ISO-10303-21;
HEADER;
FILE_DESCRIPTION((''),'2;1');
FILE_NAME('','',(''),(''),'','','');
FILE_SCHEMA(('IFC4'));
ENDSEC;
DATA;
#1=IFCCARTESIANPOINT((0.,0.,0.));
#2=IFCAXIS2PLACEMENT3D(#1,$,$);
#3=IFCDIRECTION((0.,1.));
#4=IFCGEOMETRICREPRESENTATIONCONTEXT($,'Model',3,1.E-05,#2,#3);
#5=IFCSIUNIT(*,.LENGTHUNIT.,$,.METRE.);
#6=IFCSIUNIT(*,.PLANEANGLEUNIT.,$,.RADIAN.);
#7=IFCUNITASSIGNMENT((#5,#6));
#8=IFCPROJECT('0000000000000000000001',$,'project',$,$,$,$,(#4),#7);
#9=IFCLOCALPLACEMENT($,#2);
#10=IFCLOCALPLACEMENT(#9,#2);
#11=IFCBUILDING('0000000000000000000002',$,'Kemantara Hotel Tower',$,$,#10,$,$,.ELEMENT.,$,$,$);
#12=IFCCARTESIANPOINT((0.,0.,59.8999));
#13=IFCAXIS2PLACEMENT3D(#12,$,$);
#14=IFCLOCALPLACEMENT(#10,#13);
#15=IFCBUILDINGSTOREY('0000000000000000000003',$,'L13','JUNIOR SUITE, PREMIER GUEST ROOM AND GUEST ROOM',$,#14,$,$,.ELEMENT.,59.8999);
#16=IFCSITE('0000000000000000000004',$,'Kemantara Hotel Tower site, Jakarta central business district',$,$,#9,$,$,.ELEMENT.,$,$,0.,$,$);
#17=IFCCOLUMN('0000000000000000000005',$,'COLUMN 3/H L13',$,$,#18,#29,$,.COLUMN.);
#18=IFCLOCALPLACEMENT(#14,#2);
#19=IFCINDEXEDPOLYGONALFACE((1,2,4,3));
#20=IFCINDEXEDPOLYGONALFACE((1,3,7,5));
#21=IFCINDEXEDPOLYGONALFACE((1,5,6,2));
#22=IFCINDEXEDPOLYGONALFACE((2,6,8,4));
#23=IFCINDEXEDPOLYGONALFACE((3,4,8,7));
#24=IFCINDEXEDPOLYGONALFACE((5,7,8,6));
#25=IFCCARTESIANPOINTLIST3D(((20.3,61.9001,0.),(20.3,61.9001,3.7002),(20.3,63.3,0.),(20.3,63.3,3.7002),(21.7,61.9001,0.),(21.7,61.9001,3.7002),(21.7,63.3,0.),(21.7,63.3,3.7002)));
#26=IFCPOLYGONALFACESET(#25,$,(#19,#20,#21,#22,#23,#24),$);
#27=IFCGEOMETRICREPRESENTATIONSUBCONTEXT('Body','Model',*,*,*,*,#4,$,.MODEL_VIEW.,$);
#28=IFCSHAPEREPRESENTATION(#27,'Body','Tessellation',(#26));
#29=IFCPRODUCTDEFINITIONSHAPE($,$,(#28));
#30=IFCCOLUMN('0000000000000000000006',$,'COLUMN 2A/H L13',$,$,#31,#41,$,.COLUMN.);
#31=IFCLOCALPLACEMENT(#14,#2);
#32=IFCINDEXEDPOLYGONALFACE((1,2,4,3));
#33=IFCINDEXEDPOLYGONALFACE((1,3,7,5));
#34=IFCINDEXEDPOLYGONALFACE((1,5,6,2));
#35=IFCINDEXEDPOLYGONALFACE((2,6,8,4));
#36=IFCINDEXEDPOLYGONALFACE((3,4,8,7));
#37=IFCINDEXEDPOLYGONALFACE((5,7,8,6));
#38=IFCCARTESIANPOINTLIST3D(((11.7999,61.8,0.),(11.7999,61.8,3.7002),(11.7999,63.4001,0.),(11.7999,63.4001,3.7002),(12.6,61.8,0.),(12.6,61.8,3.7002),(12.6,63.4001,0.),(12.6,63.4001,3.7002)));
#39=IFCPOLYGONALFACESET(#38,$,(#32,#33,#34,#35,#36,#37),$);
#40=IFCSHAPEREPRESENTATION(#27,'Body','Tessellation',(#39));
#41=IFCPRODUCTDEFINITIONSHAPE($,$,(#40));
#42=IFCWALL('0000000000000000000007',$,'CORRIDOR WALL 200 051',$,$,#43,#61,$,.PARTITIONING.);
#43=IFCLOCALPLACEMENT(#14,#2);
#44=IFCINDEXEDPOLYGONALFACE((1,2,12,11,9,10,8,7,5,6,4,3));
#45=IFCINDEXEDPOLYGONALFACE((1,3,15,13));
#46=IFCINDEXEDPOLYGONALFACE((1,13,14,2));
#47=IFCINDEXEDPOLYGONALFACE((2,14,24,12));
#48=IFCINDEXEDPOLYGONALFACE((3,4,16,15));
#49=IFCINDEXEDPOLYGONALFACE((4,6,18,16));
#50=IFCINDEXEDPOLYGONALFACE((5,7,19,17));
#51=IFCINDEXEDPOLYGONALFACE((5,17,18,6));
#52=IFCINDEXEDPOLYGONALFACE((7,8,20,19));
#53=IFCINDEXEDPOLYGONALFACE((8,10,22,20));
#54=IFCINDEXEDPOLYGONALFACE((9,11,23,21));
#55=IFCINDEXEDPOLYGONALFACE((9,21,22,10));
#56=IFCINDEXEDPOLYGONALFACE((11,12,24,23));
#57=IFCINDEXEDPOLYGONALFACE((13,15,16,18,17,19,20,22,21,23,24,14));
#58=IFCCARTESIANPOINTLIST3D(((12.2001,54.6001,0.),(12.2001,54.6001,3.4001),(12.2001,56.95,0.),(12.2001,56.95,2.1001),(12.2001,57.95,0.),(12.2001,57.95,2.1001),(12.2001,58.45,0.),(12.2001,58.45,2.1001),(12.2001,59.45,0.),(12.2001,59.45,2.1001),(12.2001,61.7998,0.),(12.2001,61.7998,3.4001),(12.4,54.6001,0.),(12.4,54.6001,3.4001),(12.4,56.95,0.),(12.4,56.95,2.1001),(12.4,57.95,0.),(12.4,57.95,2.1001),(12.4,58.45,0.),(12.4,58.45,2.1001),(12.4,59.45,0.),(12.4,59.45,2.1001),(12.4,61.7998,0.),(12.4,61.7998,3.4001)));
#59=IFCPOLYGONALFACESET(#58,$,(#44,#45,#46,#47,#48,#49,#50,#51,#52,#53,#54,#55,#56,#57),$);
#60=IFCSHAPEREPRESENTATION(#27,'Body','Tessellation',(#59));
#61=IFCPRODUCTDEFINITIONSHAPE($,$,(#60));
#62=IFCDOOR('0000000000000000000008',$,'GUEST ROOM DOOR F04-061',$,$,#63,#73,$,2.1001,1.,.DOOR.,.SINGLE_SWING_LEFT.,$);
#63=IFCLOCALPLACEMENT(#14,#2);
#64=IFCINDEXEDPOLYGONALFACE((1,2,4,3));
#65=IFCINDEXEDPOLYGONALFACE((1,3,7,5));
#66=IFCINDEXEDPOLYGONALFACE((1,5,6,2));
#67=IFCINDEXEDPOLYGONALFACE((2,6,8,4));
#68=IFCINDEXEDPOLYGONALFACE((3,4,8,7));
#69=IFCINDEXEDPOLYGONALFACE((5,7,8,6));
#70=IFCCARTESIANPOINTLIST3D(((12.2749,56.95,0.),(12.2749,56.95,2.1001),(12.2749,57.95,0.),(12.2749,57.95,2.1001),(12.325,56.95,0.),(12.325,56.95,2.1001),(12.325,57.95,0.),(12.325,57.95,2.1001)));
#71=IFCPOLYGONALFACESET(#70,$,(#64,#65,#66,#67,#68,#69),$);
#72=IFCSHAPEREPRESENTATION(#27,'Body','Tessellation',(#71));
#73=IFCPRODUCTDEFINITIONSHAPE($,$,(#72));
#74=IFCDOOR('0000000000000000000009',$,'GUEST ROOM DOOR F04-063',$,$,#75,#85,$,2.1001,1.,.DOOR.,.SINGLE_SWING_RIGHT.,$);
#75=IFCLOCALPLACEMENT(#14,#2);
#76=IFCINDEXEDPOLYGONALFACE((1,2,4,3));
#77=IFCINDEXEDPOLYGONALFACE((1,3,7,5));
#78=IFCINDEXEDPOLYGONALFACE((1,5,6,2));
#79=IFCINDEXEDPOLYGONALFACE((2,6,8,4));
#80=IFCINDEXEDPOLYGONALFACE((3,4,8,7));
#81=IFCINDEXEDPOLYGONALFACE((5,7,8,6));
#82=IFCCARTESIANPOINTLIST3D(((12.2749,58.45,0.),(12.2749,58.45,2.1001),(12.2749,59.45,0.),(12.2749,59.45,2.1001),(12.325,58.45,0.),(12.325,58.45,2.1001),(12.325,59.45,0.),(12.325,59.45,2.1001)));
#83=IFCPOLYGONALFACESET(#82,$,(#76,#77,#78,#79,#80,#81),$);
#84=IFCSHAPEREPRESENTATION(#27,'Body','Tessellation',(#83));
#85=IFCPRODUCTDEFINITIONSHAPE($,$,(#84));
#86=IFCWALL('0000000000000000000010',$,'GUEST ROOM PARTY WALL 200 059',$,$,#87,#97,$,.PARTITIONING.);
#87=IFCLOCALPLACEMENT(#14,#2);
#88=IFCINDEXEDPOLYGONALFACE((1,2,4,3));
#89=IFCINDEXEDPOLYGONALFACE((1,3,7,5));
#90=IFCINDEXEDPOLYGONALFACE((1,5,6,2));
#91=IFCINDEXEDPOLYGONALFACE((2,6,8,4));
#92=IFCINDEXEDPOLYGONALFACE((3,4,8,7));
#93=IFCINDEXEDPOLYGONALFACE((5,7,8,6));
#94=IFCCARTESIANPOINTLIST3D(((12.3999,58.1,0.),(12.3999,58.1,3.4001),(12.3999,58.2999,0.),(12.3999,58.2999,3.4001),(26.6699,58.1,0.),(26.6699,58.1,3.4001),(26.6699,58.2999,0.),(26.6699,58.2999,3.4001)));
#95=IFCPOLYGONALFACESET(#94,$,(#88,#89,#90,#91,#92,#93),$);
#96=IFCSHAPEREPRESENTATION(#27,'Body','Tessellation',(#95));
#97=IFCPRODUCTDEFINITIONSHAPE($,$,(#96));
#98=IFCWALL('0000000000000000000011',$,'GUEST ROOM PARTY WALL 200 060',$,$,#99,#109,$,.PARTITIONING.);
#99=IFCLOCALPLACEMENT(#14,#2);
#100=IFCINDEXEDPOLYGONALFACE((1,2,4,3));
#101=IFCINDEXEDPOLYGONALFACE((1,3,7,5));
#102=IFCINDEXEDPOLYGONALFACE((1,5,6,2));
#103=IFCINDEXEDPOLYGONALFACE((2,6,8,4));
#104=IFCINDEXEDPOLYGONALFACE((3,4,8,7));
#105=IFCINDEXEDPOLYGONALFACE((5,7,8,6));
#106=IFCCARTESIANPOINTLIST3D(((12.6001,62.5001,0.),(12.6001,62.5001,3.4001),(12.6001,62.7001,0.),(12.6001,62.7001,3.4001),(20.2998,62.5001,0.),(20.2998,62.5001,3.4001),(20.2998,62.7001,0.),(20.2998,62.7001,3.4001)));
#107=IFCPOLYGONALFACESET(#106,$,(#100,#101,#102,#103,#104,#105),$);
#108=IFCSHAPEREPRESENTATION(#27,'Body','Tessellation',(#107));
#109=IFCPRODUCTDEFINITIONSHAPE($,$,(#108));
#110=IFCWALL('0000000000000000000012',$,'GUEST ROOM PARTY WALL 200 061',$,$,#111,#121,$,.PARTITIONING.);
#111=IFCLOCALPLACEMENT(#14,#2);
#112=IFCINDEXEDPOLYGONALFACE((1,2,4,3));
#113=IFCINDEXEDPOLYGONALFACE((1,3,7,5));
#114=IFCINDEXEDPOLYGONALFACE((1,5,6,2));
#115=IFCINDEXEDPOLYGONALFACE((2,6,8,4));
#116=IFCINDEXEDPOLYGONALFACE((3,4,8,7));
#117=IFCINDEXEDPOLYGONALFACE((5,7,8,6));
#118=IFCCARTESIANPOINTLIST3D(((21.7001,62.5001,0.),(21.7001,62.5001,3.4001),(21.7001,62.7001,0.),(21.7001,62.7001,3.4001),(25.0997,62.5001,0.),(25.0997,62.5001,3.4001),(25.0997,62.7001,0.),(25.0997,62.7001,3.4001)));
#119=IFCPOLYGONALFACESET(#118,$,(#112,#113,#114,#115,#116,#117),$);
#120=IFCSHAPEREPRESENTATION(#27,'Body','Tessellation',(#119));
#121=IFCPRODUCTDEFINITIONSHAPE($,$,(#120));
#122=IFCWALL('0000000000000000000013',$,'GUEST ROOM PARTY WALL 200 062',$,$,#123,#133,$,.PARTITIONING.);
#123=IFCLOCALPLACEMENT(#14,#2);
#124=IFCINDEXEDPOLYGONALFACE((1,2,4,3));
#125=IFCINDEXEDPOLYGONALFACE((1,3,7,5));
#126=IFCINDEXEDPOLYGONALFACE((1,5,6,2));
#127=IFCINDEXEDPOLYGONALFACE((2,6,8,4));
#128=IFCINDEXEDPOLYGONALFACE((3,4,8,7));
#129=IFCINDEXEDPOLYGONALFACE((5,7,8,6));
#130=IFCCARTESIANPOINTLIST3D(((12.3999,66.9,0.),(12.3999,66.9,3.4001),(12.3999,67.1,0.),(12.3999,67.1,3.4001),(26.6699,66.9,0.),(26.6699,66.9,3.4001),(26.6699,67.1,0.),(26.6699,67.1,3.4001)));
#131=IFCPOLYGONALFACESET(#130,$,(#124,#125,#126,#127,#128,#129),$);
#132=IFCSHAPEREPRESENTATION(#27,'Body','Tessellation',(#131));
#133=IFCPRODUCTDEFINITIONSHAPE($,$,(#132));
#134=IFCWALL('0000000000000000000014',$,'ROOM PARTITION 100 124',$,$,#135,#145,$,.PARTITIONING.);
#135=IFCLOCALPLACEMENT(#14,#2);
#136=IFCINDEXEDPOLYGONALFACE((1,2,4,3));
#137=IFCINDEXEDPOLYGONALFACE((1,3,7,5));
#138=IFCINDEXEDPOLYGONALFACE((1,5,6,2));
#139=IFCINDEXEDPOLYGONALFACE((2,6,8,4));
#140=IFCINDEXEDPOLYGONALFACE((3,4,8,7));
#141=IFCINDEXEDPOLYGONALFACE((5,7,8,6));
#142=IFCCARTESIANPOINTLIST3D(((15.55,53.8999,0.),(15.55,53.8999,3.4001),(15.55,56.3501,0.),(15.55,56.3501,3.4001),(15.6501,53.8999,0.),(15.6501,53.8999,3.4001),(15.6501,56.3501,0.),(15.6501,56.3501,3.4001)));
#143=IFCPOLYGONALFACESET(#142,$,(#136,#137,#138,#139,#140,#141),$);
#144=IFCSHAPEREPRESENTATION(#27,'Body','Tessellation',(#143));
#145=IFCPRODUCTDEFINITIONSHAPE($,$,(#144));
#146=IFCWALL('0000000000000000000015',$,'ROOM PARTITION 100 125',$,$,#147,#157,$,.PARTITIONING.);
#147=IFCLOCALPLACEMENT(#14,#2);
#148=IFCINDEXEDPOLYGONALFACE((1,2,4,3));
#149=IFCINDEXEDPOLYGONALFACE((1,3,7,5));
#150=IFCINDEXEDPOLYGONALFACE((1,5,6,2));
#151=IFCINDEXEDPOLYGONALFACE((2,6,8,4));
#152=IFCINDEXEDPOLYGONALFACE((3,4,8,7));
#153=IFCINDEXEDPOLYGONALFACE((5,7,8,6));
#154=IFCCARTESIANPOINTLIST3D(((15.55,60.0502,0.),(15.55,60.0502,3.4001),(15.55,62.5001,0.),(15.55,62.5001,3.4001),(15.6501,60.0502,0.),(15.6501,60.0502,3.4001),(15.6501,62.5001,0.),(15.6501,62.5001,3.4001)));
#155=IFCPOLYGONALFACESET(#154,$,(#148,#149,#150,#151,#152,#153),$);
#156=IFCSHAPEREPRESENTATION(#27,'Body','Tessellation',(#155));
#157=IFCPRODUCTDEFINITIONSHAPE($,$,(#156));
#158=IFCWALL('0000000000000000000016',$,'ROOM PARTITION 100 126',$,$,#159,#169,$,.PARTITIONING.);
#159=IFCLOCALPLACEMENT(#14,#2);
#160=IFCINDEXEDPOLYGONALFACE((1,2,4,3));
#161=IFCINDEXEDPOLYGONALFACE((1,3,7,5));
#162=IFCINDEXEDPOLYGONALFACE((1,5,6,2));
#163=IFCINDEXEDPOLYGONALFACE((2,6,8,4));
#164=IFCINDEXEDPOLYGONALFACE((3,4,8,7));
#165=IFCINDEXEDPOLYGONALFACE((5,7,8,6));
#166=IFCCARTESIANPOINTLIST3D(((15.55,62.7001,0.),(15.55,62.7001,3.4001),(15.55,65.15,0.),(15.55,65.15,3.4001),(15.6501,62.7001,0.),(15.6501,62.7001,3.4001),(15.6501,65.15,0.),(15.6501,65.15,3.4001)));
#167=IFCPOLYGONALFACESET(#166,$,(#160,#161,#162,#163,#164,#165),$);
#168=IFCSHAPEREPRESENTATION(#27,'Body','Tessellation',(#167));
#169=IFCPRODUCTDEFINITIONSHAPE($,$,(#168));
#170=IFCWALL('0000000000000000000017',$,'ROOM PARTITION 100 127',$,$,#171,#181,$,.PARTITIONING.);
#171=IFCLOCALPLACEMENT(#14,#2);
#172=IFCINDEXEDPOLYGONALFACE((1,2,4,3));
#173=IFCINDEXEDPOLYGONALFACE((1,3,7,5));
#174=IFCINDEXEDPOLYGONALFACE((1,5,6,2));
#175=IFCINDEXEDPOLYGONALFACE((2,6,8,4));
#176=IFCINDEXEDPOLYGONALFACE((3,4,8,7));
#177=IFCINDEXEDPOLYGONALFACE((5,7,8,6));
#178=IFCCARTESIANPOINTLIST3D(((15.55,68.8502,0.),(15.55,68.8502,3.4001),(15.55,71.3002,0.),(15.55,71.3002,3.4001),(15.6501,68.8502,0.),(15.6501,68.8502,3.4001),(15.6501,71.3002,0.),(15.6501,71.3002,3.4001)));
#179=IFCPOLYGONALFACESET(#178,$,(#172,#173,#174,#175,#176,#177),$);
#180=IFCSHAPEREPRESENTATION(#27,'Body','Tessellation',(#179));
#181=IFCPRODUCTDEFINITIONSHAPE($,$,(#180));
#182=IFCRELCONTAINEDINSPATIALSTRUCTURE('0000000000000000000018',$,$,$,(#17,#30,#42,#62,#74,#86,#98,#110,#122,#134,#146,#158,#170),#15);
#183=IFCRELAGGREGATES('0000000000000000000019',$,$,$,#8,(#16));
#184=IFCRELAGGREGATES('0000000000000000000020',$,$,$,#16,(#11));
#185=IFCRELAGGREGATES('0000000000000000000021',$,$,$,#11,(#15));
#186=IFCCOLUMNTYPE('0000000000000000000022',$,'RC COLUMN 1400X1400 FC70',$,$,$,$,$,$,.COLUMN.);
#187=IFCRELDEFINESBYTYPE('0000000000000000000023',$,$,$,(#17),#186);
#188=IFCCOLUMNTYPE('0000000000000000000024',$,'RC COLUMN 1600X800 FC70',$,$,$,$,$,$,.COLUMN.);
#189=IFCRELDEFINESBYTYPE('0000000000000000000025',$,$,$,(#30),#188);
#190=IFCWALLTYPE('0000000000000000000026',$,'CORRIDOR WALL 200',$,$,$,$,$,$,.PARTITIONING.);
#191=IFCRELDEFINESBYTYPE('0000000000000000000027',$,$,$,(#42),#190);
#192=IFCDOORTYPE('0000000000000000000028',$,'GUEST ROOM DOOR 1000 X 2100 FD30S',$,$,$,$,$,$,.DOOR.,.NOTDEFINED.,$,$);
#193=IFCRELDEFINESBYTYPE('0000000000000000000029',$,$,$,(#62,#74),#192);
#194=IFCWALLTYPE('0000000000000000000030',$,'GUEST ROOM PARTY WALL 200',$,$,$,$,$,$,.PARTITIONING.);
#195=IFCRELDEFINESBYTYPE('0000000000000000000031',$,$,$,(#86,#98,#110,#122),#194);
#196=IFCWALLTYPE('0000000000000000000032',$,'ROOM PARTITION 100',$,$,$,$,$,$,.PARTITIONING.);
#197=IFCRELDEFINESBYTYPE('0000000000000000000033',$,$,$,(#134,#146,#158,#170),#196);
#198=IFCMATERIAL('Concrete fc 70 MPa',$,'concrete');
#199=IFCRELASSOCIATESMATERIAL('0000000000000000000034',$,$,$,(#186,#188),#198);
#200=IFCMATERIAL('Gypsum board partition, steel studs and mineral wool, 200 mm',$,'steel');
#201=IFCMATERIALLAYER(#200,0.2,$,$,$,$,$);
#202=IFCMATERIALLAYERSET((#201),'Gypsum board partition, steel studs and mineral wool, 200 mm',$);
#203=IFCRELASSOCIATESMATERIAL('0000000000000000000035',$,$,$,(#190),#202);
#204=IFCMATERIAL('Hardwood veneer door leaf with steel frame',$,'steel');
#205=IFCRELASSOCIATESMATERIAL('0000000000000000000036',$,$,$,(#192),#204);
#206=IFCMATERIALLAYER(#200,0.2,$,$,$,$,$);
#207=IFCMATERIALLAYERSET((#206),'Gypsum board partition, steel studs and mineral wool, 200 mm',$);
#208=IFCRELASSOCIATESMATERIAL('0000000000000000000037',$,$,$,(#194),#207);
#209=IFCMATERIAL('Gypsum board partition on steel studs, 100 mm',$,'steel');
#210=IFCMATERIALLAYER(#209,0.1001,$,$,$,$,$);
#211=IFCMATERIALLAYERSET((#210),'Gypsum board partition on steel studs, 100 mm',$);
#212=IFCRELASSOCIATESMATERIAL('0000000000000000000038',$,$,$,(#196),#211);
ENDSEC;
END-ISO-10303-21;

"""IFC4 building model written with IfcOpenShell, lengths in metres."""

from ifc_helpers import new_model, si_unit, direction, frame, frame_2d, origin, origin_2d, place, context, subcontext, project, spatial, rectangle, extrude, material, layer, layer_set, material_profile, profile_set, type_object, element, fill, save


model = new_model("IFC4")

# Units and contexts
model_context = context("Model", 3, precision=1e-05, world=origin(), true_north=direction((0.0, 1.0)))
body_context = subcontext(model_context, "Body", "Model", "MODEL_VIEW")
ifc_project = project(units=[si_unit("LENGTHUNIT", "METRE"), si_unit("PLANEANGLEUNIT", "RADIAN")], contexts=[model_context])

# Site, building, storey
site_placement = place(None, origin())
site = spatial("IfcSite", under=ifc_project, at=site_placement, Name="Kemantara Hotel Tower site, Jakarta central business district", CompositionType="ELEMENT", RefElevation=0.0)
building_placement = place(site_placement, origin())
building = spatial("IfcBuilding", under=site, at=building_placement, Name="Kemantara Hotel Tower", CompositionType="ELEMENT")
storey_placement = place(building_placement, frame((0.0, 0.0, 59.8999)))
storey = spatial("IfcBuildingStorey", under=building, at=storey_placement, Name="L13", Description="JUNIOR SUITE, PREMIER GUEST ROOM AND GUEST ROOM", CompositionType="ELEMENT", Elevation=59.8999)

# Columns
ifc_material_1 = material(Name="Concrete fc 70 MPa", Category="concrete")
ifc_material_profile_1 = material_profile(ifc_material_1, rectangle(XDim=1.3999, YDim=1.3999, at=origin_2d()), Name="RC 1400X1400")
ifc_profile_set_1 = profile_set([ifc_material_profile_1], Name="Concrete fc 70 MPa")
column_type_1 = type_object("IfcColumnType", Name="RC COLUMN 1400X1400 FC70", PredefinedType="COLUMN", material=ifc_profile_set_1)
column_1_placement = place(storey_placement, frame((21.0, 62.6001, 0.0), z_axis=(0.0, 0.0, 1.0), x_axis=(1.0, 0.0, 0.0)))
element("IfcColumn", 1, at=column_1_placement, inside=storey, type_object=column_type_1, Name="COLUMN 3/H L13", PredefinedType="COLUMN", context=body_context, shape_type="SweptSolid", body=[
    extrude(rectangle(XDim=1.3999, YDim=1.3999, at=origin_2d()), origin(), (0.0, 0.0, 1.0), 3.7002),
])
ifc_material_profile_2 = material_profile(ifc_material_1, rectangle(XDim=1.6001, YDim=0.8, at=origin_2d()), Name="RC 1600X800")
ifc_profile_set_2 = profile_set([ifc_material_profile_2], Name="Concrete fc 70 MPa")
column_type_2 = type_object("IfcColumnType", Name="RC COLUMN 1600X800 FC70", PredefinedType="COLUMN", material=ifc_profile_set_2)
column_2_placement = place(storey_placement, frame((12.2, 62.6001, 0.0), z_axis=(0.0, 0.0, 1.0), x_axis=(0.0, 1.0, 0.0)))
element("IfcColumn", 2, at=column_2_placement, inside=storey, type_object=column_type_2, Name="COLUMN 2A/H L13", PredefinedType="COLUMN", context=body_context, shape_type="SweptSolid", body=[
    extrude(rectangle(XDim=1.6001, YDim=0.8, at=origin_2d()), origin(), (0.0, 0.0, 1.0), 3.7002),
])

# Wall, openings, doors
ifc_material_2 = material(Name="Gypsum board partition, steel studs and mineral wool, 200 mm", Category="steel")
ifc_layer_1 = layer(ifc_material_2, 0.2)
ifc_layer_set_1 = layer_set([ifc_layer_1], Name="Gypsum board partition, steel studs and mineral wool, 200 mm")
wall_type_1 = type_object("IfcWallType", Name="CORRIDOR WALL 200", PredefinedType="PARTITIONING", material=ifc_layer_set_1)
wall_1_placement = place(storey_placement, frame((12.3, 61.7998, 0.0), z_axis=(0.0, 0.0, 1.0), x_axis=(0.0, -1.0, 0.0)))
wall_1 = element("IfcWall", 3, at=wall_1_placement, inside=storey, type_object=wall_type_1, Name="CORRIDOR WALL 200 051", PredefinedType="PARTITIONING", context=body_context, shape_type="SweptSolid", body=[
    extrude(rectangle(XDim=7.1997, YDim=0.2, at=frame_2d((3.5999, 0.0))), origin(), (0.0, 0.0, 1.0), 3.4001),
])
opening_1_placement = place(wall_1_placement, frame((3.8499, 0.0, 0.0)))
opening_1 = element("IfcOpeningElement", 4, at=opening_1_placement, cuts=wall_1, PredefinedType="OPENING", context=body_context, shape_type="SweptSolid", body=[
    extrude(rectangle(XDim=1.0, YDim=2.1001, at=frame_2d((0.5, 1.05))), frame((0.0, 0.1099, 0.0), z_axis=(0.0, -1.0, 0.0), x_axis=(1.0, 0.0, 0.0)), (0.0, 0.0, 1.0), 0.22),
])
opening_2_placement = place(wall_1_placement, frame((2.3499, 0.0, 0.0)))
opening_2 = element("IfcOpeningElement", 5, at=opening_2_placement, cuts=wall_1, PredefinedType="OPENING", context=body_context, shape_type="SweptSolid", body=[
    extrude(rectangle(XDim=1.0, YDim=2.1001, at=frame_2d((0.5, 1.05))), frame((0.0, 0.1099, 0.0), z_axis=(0.0, -1.0, 0.0), x_axis=(1.0, 0.0, 0.0)), (0.0, 0.0, 1.0), 0.22),
])
ifc_material_3 = material(Name="Hardwood veneer door leaf with steel frame", Category="steel")
door_type_1 = type_object("IfcDoorType", Name="GUEST ROOM DOOR 1000 X 2100 FD30S", OperationType="NOTDEFINED", PredefinedType="DOOR", material=ifc_material_3)
door_1_placement = place(opening_1_placement, origin())
door_1 = element("IfcDoor", 6, at=door_1_placement, inside=storey, type_object=door_type_1, Name="GUEST ROOM DOOR F04-061", OperationType="SINGLE_SWING_LEFT", OverallHeight=2.1001, OverallWidth=1.0, PredefinedType="DOOR", context=body_context, shape_type="SweptSolid", body=[
    extrude(rectangle(XDim=1.0, YDim=2.1001, at=frame_2d((0.5, 1.05))), frame((0.0, 0.0249, 0.0), z_axis=(0.0, -1.0, 0.0), x_axis=(1.0, 0.0, 0.0)), (0.0, 0.0, 1.0), 0.05),
])
fill(opening_1, door_1)
door_2_placement = place(opening_2_placement, origin())
door_2 = element("IfcDoor", 7, at=door_2_placement, inside=storey, type_object=door_type_1, Name="GUEST ROOM DOOR F04-063", OperationType="SINGLE_SWING_RIGHT", OverallHeight=2.1001, OverallWidth=1.0, PredefinedType="DOOR", context=body_context, shape_type="SweptSolid", body=[
    extrude(rectangle(XDim=1.0, YDim=2.1001, at=frame_2d((0.5, 1.05))), frame((0.0, 0.0249, 0.0), z_axis=(0.0, -1.0, 0.0), x_axis=(1.0, 0.0, 0.0)), (0.0, 0.0, 1.0), 0.05),
])
fill(opening_2, door_2)

# Walls
ifc_layer_2 = layer(ifc_material_2, 0.2)
ifc_layer_set_2 = layer_set([ifc_layer_2], Name="Gypsum board partition, steel studs and mineral wool, 200 mm")
wall_type_2 = type_object("IfcWallType", Name="GUEST ROOM PARTY WALL 200", PredefinedType="PARTITIONING", material=ifc_layer_set_2)
wall_2_placement = place(storey_placement, frame((12.3999, 58.2, 0.0), z_axis=(0.0, 0.0, 1.0), x_axis=(1.0, 0.0, 0.0)))
element("IfcWall", 8, at=wall_2_placement, inside=storey, type_object=wall_type_2, Name="GUEST ROOM PARTY WALL 200 059", PredefinedType="PARTITIONING", context=body_context, shape_type="SweptSolid", body=[
    extrude(rectangle(XDim=14.27, YDim=0.2, at=frame_2d((7.135, 0.0))), origin(), (0.0, 0.0, 1.0), 3.4001),
])
wall_3_placement = place(storey_placement, frame((12.6001, 62.6001, 0.0), z_axis=(0.0, 0.0, 1.0), x_axis=(1.0, 0.0, 0.0)))
element("IfcWall", 9, at=wall_3_placement, inside=storey, type_object=wall_type_2, Name="GUEST ROOM PARTY WALL 200 060", PredefinedType="PARTITIONING", context=body_context, shape_type="SweptSolid", body=[
    extrude(rectangle(XDim=7.6997, YDim=0.2, at=frame_2d((3.8499, 0.0))), origin(), (0.0, 0.0, 1.0), 3.4001),
])
wall_4_placement = place(storey_placement, frame((21.7002, 62.6001, 0.0), z_axis=(0.0, 0.0, 1.0), x_axis=(1.0, 0.0, 0.0)))
element("IfcWall", 10, at=wall_4_placement, inside=storey, type_object=wall_type_2, Name="GUEST ROOM PARTY WALL 200 061", PredefinedType="PARTITIONING", context=body_context, shape_type="SweptSolid", body=[
    extrude(rectangle(XDim=3.3997, YDim=0.2, at=frame_2d((1.6997, 0.0))), origin(), (0.0, 0.0, 1.0), 3.4001),
])
wall_5_placement = place(storey_placement, frame((12.3999, 67.0, 0.0), z_axis=(0.0, 0.0, 1.0), x_axis=(1.0, 0.0, 0.0)))
element("IfcWall", 11, at=wall_5_placement, inside=storey, type_object=wall_type_2, Name="GUEST ROOM PARTY WALL 200 062", PredefinedType="PARTITIONING", context=body_context, shape_type="SweptSolid", body=[
    extrude(rectangle(XDim=14.27, YDim=0.2, at=frame_2d((7.135, 0.0))), origin(), (0.0, 0.0, 1.0), 3.4001),
])
ifc_material_4 = material(Name="Gypsum board partition on steel studs, 100 mm", Category="steel")
ifc_layer_3 = layer(ifc_material_4, 0.1001)
ifc_layer_set_3 = layer_set([ifc_layer_3], Name="Gypsum board partition on steel studs, 100 mm")
wall_type_3 = type_object("IfcWallType", Name="ROOM PARTITION 100", PredefinedType="PARTITIONING", material=ifc_layer_set_3)
wall_6_placement = place(storey_placement, frame((15.6001, 53.8999, 0.0), z_axis=(0.0, 0.0, 1.0), x_axis=(0.0, 1.0, 0.0)))
element("IfcWall", 12, at=wall_6_placement, inside=storey, type_object=wall_type_3, Name="ROOM PARTITION 100 124", PredefinedType="PARTITIONING", context=body_context, shape_type="SweptSolid", body=[
    extrude(rectangle(XDim=2.4502, YDim=0.1001, at=frame_2d((1.2251, 0.0))), origin(), (0.0, 0.0, 1.0), 3.4001),
])
for number, where, z_axis, x_axis, name in (
    (13, (15.6001, 60.05, 0.0), (0.0, 0.0, 1.0), (0.0, 1.0, 0.0), "ROOM PARTITION 100 125"),
    (14, (15.6001, 62.7, 0.0), (0.0, 0.0, 1.0), (0.0, 1.0, 0.0), "ROOM PARTITION 100 126"),
    (15, (15.6001, 68.8501, 0.0), (0.0, 0.0, 1.0), (0.0, 1.0, 0.0), "ROOM PARTITION 100 127"),
):
    element("IfcWall", number, at=place(storey_placement, frame(where, z_axis=z_axis, x_axis=x_axis)), inside=storey, type_object=wall_type_3, Name=name, PredefinedType="PARTITIONING", context=body_context, shape_type="SweptSolid", body=[
        extrude(rectangle(XDim=2.45, YDim=0.1001, at=frame_2d((1.2251, 0.0))), origin(), (0.0, 0.0, 1.0), 3.4001),
    ])

save(model, "model.ifc")
